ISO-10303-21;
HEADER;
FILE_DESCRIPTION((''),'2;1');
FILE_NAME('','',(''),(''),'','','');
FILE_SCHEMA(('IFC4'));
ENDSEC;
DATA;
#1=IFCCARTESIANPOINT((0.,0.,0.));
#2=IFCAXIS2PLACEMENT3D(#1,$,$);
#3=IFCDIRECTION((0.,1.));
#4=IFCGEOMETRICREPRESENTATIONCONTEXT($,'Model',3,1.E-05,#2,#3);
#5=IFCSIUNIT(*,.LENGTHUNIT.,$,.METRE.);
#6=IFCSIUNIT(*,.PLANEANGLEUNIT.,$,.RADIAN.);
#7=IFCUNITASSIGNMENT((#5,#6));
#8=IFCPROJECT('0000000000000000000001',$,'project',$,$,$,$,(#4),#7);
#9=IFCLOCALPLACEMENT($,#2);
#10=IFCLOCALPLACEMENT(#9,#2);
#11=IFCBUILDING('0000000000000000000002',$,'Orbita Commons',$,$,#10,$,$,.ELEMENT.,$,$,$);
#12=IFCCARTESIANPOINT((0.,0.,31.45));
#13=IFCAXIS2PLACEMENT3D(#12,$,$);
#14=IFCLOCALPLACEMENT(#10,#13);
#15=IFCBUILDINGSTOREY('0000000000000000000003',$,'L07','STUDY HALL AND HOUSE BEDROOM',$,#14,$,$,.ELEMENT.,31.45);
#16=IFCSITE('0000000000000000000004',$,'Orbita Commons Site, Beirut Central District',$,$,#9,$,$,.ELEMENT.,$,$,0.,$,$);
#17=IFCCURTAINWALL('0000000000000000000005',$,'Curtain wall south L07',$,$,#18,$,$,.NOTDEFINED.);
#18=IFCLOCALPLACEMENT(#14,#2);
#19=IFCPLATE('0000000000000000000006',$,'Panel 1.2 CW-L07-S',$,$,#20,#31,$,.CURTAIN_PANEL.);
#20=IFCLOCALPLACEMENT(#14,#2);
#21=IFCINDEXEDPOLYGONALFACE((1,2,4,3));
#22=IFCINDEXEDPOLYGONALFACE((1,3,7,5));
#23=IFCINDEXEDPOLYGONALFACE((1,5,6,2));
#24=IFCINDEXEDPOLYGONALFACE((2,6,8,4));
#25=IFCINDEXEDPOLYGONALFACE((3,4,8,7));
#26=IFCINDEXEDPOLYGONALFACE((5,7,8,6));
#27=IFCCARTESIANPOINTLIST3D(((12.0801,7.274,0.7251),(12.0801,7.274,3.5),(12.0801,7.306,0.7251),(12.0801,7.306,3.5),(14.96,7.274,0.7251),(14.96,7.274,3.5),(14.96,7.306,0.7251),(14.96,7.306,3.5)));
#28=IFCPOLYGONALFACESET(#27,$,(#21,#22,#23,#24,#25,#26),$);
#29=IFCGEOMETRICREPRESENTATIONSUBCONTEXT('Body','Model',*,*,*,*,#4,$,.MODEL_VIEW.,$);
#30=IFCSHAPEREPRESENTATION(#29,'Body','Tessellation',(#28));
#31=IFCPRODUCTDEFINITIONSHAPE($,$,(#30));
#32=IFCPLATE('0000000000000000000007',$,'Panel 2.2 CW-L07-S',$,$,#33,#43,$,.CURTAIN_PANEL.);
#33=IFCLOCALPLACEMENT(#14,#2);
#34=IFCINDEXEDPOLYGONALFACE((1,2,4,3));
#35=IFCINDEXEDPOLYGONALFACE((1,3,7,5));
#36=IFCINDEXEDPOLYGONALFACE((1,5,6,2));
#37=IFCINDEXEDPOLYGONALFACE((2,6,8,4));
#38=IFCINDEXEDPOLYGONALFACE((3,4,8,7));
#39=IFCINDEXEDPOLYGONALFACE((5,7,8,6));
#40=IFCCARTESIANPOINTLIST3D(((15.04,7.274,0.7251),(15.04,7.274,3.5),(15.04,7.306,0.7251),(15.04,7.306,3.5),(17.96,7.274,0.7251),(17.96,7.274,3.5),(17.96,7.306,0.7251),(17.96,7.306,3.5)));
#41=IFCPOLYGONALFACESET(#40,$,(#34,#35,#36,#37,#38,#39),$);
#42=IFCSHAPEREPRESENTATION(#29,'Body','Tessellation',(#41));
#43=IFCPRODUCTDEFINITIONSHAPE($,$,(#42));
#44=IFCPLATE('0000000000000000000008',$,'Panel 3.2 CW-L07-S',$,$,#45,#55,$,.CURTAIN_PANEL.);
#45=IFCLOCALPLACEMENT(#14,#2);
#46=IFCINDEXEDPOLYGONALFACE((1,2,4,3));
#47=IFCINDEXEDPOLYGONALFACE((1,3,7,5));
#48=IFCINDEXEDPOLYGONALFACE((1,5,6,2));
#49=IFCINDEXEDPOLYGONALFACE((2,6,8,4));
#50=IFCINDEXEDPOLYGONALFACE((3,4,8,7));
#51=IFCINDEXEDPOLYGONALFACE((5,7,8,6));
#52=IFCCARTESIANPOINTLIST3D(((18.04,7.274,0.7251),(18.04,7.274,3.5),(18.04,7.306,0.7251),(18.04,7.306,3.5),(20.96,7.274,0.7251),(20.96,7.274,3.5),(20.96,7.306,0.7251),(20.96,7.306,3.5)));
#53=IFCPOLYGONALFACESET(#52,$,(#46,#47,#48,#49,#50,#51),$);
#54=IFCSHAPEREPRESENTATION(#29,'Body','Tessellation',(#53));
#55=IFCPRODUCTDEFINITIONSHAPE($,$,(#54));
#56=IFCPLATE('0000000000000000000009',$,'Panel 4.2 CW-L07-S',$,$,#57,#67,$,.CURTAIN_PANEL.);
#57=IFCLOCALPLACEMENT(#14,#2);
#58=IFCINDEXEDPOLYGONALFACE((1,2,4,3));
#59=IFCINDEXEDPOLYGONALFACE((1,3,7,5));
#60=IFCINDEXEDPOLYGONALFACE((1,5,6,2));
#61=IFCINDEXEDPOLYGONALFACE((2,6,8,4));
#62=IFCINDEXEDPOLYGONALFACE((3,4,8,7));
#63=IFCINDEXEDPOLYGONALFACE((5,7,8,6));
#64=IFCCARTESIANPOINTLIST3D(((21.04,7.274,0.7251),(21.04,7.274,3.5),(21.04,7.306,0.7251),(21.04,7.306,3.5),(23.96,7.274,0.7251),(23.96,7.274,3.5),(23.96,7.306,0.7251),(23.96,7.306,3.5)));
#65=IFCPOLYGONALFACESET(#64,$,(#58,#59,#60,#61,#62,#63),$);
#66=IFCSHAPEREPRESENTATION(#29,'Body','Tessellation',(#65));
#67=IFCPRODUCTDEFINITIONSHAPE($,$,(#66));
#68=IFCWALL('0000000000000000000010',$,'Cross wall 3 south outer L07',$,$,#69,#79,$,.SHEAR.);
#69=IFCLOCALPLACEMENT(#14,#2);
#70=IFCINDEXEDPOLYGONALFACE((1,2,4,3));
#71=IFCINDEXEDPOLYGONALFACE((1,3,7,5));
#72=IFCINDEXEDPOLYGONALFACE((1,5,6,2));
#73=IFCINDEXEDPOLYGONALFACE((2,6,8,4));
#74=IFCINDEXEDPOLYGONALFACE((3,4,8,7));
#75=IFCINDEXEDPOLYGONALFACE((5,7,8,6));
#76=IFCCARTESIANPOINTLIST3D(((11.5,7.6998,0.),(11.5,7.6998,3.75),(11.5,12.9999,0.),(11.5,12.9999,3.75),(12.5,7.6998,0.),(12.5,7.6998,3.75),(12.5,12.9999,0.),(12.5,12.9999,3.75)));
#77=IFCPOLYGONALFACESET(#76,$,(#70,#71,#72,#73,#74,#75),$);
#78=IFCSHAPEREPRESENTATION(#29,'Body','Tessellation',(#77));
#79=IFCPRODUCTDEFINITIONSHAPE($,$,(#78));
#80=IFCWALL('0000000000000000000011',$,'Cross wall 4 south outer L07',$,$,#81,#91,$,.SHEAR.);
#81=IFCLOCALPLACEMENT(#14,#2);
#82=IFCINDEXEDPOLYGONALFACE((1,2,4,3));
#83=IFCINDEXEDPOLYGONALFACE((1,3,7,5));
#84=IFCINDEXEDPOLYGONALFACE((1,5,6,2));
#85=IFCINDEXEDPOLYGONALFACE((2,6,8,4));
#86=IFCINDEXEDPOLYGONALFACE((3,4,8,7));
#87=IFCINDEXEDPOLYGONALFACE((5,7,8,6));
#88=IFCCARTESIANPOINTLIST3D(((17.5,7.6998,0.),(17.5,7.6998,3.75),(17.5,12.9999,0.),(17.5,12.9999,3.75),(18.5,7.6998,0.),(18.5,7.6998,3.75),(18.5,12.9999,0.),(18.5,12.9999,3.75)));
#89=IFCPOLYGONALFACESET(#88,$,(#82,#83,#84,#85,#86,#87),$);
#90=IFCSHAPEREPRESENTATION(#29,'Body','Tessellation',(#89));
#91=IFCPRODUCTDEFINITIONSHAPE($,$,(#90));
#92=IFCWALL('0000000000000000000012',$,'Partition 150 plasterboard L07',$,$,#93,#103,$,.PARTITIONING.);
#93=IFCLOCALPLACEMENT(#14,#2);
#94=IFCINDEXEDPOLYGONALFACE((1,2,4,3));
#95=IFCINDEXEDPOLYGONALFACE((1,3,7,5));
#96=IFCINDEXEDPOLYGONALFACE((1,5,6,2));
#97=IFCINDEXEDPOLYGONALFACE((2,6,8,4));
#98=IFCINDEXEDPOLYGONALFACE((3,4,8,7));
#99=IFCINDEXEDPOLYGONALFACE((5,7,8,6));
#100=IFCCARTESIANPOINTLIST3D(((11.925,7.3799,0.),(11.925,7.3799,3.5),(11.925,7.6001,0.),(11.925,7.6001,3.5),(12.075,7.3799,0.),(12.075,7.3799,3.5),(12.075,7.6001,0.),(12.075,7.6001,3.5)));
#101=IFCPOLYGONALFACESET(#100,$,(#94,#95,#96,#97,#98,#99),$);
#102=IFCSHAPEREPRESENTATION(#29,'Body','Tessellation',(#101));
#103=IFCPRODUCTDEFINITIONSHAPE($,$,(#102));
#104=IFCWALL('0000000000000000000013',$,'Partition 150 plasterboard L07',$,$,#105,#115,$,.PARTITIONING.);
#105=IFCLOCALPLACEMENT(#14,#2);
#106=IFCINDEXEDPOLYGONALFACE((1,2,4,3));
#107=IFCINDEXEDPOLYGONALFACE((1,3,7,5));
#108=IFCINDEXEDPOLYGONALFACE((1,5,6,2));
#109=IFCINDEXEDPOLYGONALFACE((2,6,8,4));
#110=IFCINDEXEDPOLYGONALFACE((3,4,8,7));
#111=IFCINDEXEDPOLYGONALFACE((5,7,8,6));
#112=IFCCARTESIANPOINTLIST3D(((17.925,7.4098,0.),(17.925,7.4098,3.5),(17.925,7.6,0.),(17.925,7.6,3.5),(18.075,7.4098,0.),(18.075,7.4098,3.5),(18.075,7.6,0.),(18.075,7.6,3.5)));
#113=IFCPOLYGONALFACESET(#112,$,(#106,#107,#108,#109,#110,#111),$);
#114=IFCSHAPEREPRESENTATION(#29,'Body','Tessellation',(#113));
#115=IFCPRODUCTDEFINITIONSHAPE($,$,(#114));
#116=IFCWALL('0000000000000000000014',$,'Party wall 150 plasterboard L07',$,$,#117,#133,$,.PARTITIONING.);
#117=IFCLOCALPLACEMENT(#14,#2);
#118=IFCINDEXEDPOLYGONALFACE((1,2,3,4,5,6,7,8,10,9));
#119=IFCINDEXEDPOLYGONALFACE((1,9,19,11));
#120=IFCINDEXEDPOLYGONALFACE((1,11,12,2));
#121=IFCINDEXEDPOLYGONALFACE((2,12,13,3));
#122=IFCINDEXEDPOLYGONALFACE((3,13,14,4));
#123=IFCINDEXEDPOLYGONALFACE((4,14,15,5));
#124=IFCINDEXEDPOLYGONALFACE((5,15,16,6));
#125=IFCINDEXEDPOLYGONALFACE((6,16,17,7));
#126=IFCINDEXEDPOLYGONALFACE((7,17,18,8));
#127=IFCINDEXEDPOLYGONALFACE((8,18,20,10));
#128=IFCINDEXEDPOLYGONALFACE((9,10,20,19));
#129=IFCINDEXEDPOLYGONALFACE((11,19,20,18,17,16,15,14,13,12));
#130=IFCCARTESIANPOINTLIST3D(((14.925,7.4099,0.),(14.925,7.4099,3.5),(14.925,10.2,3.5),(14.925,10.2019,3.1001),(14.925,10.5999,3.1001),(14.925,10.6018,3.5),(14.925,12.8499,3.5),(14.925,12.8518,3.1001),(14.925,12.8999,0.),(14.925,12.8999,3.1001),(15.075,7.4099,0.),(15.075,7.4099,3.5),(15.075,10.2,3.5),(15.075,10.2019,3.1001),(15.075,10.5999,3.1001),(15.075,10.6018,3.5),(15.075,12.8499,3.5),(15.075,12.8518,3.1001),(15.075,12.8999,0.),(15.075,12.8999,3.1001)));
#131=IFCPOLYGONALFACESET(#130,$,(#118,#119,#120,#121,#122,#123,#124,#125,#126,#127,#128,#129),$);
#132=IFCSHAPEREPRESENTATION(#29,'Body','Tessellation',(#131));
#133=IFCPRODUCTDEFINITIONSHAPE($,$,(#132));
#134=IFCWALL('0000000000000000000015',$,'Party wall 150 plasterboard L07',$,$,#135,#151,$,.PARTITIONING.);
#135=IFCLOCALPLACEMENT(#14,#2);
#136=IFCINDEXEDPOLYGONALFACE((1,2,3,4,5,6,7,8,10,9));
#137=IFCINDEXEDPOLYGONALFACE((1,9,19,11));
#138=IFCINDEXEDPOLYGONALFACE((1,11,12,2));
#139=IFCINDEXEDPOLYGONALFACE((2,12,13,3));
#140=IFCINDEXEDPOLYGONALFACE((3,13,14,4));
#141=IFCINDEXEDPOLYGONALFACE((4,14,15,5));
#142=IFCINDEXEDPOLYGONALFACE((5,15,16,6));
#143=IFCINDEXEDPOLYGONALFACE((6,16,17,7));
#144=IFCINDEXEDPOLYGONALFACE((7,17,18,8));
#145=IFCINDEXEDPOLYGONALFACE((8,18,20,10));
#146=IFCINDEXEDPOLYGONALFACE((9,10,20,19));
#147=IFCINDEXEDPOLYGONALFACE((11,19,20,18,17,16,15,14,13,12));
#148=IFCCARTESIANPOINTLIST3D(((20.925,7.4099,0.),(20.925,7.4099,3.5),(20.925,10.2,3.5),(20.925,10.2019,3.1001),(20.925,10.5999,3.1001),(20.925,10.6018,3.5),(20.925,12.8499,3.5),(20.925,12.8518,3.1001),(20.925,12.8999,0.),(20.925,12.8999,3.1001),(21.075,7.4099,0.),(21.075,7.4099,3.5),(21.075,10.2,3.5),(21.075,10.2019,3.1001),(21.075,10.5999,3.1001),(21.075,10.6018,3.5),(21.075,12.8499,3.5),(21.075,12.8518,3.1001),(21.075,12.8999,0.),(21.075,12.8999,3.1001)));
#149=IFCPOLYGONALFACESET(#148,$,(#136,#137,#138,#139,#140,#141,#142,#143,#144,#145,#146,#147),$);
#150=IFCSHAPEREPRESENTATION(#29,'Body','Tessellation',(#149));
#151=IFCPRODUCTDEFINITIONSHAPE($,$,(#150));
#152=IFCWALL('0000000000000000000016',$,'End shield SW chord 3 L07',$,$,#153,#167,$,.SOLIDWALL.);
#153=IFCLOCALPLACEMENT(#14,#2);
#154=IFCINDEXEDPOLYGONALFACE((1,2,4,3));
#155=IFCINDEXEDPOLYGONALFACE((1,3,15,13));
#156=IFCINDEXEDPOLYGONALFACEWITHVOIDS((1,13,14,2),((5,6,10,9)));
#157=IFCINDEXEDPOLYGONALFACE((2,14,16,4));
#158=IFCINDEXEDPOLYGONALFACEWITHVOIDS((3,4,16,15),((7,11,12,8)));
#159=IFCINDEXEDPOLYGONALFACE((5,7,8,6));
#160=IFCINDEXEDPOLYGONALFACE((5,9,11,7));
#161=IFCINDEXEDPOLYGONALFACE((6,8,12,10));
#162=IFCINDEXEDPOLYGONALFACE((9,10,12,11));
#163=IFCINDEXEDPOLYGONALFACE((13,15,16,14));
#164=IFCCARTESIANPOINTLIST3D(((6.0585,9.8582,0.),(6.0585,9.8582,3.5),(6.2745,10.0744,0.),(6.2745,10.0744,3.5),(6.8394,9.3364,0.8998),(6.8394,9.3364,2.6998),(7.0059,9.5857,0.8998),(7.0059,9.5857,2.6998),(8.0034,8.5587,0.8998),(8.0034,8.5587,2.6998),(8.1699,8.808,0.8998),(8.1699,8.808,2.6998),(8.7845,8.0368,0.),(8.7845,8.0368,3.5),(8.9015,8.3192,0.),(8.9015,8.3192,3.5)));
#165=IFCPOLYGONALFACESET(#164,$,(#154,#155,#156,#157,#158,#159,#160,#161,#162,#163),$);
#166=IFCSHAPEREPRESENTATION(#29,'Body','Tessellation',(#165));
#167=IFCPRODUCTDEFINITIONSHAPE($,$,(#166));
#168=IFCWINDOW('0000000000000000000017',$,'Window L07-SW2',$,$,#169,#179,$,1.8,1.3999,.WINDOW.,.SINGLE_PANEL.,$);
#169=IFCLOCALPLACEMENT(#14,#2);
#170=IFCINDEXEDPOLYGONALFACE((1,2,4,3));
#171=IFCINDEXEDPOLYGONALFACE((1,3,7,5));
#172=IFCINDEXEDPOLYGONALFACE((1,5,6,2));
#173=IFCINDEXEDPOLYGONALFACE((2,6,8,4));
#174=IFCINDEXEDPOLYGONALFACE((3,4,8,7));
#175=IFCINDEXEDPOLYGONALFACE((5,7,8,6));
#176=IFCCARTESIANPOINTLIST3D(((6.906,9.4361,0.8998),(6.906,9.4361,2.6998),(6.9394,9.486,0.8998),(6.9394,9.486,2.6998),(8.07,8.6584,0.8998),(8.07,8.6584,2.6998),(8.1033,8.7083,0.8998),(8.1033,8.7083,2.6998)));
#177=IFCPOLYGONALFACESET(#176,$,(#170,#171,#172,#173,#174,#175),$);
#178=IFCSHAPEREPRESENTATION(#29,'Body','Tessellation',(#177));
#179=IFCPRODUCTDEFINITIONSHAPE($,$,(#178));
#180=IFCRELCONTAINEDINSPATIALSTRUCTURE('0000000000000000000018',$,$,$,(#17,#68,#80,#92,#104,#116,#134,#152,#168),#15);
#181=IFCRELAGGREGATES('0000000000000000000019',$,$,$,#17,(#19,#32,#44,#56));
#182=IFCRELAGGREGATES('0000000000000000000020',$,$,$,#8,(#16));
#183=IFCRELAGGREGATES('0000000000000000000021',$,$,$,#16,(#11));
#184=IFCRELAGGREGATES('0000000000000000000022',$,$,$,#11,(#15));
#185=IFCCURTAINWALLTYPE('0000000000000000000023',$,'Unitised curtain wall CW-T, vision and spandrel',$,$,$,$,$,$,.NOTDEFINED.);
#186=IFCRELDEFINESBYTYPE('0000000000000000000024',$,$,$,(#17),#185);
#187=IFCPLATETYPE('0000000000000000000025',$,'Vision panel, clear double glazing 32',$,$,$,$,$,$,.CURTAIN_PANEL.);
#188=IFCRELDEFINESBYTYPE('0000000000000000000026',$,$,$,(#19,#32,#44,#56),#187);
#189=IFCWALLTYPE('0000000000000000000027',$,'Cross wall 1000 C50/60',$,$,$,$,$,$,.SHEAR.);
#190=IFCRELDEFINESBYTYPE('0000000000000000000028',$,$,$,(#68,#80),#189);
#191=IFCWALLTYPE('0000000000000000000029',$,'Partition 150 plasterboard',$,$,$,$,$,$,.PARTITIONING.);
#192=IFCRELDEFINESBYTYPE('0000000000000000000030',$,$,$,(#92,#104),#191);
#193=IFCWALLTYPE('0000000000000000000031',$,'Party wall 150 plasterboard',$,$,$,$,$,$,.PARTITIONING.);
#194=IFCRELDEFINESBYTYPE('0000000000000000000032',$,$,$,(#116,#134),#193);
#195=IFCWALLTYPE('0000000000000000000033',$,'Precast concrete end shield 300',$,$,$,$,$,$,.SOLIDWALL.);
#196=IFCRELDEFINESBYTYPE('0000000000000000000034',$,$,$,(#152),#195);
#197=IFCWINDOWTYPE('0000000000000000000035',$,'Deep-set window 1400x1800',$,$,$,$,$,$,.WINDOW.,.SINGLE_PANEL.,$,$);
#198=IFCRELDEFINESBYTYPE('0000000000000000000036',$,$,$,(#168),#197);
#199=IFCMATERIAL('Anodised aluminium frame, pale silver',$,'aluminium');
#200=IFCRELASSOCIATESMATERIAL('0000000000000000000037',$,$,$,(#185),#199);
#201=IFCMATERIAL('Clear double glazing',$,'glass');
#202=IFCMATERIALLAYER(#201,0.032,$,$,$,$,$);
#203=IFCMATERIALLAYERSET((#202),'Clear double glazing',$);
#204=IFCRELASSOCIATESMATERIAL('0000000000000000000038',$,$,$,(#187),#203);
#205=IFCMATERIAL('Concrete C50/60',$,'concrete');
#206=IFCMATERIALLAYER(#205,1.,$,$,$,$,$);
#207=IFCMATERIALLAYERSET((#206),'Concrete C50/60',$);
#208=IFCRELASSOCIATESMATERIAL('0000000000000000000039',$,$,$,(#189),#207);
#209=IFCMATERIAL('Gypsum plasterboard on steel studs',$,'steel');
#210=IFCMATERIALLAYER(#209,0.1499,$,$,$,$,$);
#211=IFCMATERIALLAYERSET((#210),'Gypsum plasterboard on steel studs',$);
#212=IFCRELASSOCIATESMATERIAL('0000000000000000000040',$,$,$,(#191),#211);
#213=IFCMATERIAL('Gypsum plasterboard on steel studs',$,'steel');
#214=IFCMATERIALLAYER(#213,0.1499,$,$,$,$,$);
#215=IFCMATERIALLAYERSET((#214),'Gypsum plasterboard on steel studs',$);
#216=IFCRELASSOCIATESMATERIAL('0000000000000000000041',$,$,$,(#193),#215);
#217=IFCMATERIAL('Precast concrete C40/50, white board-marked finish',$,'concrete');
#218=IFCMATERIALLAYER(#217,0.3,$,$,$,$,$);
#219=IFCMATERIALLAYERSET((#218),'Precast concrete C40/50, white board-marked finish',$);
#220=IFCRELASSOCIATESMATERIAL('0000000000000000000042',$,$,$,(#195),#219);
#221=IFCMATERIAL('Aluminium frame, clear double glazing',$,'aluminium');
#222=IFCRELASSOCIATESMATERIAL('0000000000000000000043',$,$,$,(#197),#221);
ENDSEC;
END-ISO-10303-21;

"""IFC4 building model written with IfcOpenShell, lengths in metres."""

from ifc_helpers import new_model, si_unit, direction, frame, frame_2d, origin, origin_2d, place, context, subcontext, project, spatial, polyline, rectangle, outline, extrude, material, layer, layer_set, type_object, element, fill, aggregate, save


model = new_model("IFC4")

# Units and contexts
model_context = context("Model", 3, precision=1e-05, world=origin(), true_north=direction((0.0, 1.0)))
body_context = subcontext(model_context, "Body", "Model", "MODEL_VIEW")
ifc_project = project(units=[si_unit("LENGTHUNIT", "METRE"), si_unit("PLANEANGLEUNIT", "RADIAN")], contexts=[model_context])

# Site, building, storey
site_placement = place(None, origin())
site = spatial("IfcSite", under=ifc_project, at=site_placement, Name="Orbita Commons Site, Beirut Central District", CompositionType="ELEMENT", RefElevation=0.0)
building_placement = place(site_placement, origin())
building = spatial("IfcBuilding", under=site, at=building_placement, Name="Orbita Commons", CompositionType="ELEMENT")
storey_placement = place(building_placement, frame((0.0, 0.0, 31.45)))
storey = spatial("IfcBuildingStorey", under=building, at=storey_placement, Name="L07", Description="STUDY HALL AND HOUSE BEDROOM", CompositionType="ELEMENT", Elevation=31.45)

# Curtain wall
ifc_material_1 = material(Name="Anodised aluminium frame, pale silver", Category="aluminium")
curtain_wall_type = type_object("IfcCurtainWallType", Name="Unitised curtain wall CW-T, vision and spandrel", PredefinedType="NOTDEFINED", material=ifc_material_1)
curtain_wall_placement = place(storey_placement, origin())
curtain_wall = element("IfcCurtainWall", 1, at=curtain_wall_placement, inside=storey, type_object=curtain_wall_type, Name="Curtain wall south L07", PredefinedType="NOTDEFINED")

# Plates
ifc_material_2 = material(Name="Clear double glazing", Category="glass")
ifc_layer_1 = layer(ifc_material_2, 0.032)
ifc_layer_set_1 = layer_set([ifc_layer_1], Name="Clear double glazing")
plate_type_1 = type_object("IfcPlateType", Name="Vision panel, clear double glazing 32", PredefinedType="CURTAIN_PANEL", material=ifc_layer_set_1)
plate_1_placement = place(storey_placement, frame((13.52, 7.29, 0.7251), z_axis=(0.0, 0.0, 1.0), x_axis=(1.0, 0.0, 0.0)))
plate_1 = element("IfcPlate", 2, at=plate_1_placement, type_object=plate_type_1, Name="Panel 1.2 CW-L07-S", PredefinedType="CURTAIN_PANEL", context=body_context, shape_type="SweptSolid", body=[
    extrude(rectangle(XDim=2.8799, YDim=0.032, at=origin_2d()), origin(), (0.0, 0.0, 1.0), 2.7749),
])
plate_2_placement = place(storey_placement, frame((16.5, 7.29, 0.7251), z_axis=(0.0, 0.0, 1.0), x_axis=(1.0, 0.0, 0.0)))
plate_2 = element("IfcPlate", 3, at=plate_2_placement, type_object=plate_type_1, Name="Panel 2.2 CW-L07-S", PredefinedType="CURTAIN_PANEL", context=body_context, shape_type="SweptSolid", body=[
    extrude(rectangle(XDim=2.9199, YDim=0.032, at=origin_2d()), origin(), (0.0, 0.0, 1.0), 2.7749),
])
plate_3_placement = place(storey_placement, frame((19.5, 7.29, 0.7251), z_axis=(0.0, 0.0, 1.0), x_axis=(1.0, 0.0, 0.0)))
plate_3 = element("IfcPlate", 4, at=plate_3_placement, type_object=plate_type_1, Name="Panel 3.2 CW-L07-S", PredefinedType="CURTAIN_PANEL", context=body_context, shape_type="SweptSolid", body=[
    extrude(rectangle(XDim=2.9199, YDim=0.032, at=origin_2d()), origin(), (0.0, 0.0, 1.0), 2.7749),
])
plate_4_placement = place(storey_placement, frame((22.5, 7.29, 0.7251), z_axis=(0.0, 0.0, 1.0), x_axis=(1.0, 0.0, 0.0)))
plate_4 = element("IfcPlate", 5, at=plate_4_placement, type_object=plate_type_1, Name="Panel 4.2 CW-L07-S", PredefinedType="CURTAIN_PANEL", context=body_context, shape_type="SweptSolid", body=[
    extrude(rectangle(XDim=2.9199, YDim=0.032, at=origin_2d()), origin(), (0.0, 0.0, 1.0), 2.7749),
])
aggregate(curtain_wall, [plate_1, plate_2, plate_3, plate_4])

# Walls
ifc_material_3 = material(Name="Concrete C50/60", Category="concrete")
ifc_layer_2 = layer(ifc_material_3, 1.0)
ifc_layer_set_2 = layer_set([ifc_layer_2], Name="Concrete C50/60")
wall_type_1 = type_object("IfcWallType", Name="Cross wall 1000 C50/60", PredefinedType="SHEAR", material=ifc_layer_set_2)
for number, where, z_axis, x_axis, name in (
    (6, (12.0, 7.7, 0.0), (0.0, 0.0, 1.0), (0.0, 1.0, 0.0), "Cross wall 3 south outer L07"),
    (7, (18.0, 7.7, 0.0), (0.0, 0.0, 1.0), (0.0, 1.0, 0.0), "Cross wall 4 south outer L07"),
):
    element("IfcWall", number, at=place(storey_placement, frame(where, z_axis=z_axis, x_axis=x_axis)), inside=storey, type_object=wall_type_1, Name=name, PredefinedType="SHEAR", context=body_context, shape_type="SweptSolid", body=[
        extrude(rectangle(XDim=5.3, YDim=1.0, at=frame_2d((2.6499, 0.0))), origin(), (0.0, 0.0, 1.0), 3.75),
    ])
ifc_material_4 = material(Name="Gypsum plasterboard on steel studs", Category="steel")
ifc_layer_3 = layer(ifc_material_4, 0.1499)
ifc_layer_set_3 = layer_set([ifc_layer_3], Name="Gypsum plasterboard on steel studs")
wall_type_2 = type_object("IfcWallType", Name="Partition 150 plasterboard", PredefinedType="PARTITIONING", material=ifc_layer_set_3)
wall_1_placement = place(storey_placement, frame((12.0, 7.6001, 0.0), z_axis=(0.0, 0.0, 1.0), x_axis=(0.0, -1.0, 0.0)))
element("IfcWall", 8, at=wall_1_placement, inside=storey, type_object=wall_type_2, Name="Partition 150 plasterboard L07", PredefinedType="PARTITIONING", context=body_context, shape_type="SweptSolid", body=[
    extrude(rectangle(XDim=0.2202, YDim=0.1499, at=frame_2d((0.1101, 0.0))), origin(), (0.0, 0.0, 1.0), 3.5),
])
wall_2_placement = place(storey_placement, frame((18.0, 7.6001, 0.0), z_axis=(0.0, 0.0, 1.0), x_axis=(0.0, -1.0, 0.0)))
element("IfcWall", 9, at=wall_2_placement, inside=storey, type_object=wall_type_2, Name="Partition 150 plasterboard L07", PredefinedType="PARTITIONING", context=body_context, shape_type="SweptSolid", body=[
    extrude(rectangle(XDim=0.1902, YDim=0.1499, at=frame_2d((0.0952, 0.0))), origin(), (0.0, 0.0, 1.0), 3.5),
])
ifc_material_5 = material(Name="Gypsum plasterboard on steel studs", Category="steel")
ifc_layer_4 = layer(ifc_material_5, 0.1499)
ifc_layer_set_4 = layer_set([ifc_layer_4], Name="Gypsum plasterboard on steel studs")
wall_type_3 = type_object("IfcWallType", Name="Party wall 150 plasterboard", PredefinedType="PARTITIONING", material=ifc_layer_set_4)
for number, where, z_axis, x_axis, name in (
    (10, (15.0, 7.4099, 0.0), (0.0, 0.0, 1.0), (0.0, 1.0, 0.0), "Party wall 150 plasterboard L07"),
    (11, (21.0, 7.4099, 0.0), (0.0, 0.0, 1.0), (0.0, 1.0, 0.0), "Party wall 150 plasterboard L07"),
):
    element("IfcWall", number, at=place(storey_placement, frame(where, z_axis=z_axis, x_axis=x_axis)), inside=storey, type_object=wall_type_3, Name=name, PredefinedType="PARTITIONING", context=body_context, shape_type="SweptSolid", body=[
        extrude(outline(polyline([(0.0, 0.0), (5.49, 0.0), (5.49, 3.1001), (5.4419, 3.1001), (5.4399, 3.5), (3.1919, 3.5), (3.1899, 3.1001), (2.792, 3.1001), (2.79, 3.5), (0.0, 3.5), (0.0, 0.0)])), frame((0.0, 0.075, 0.0), z_axis=(0.0, -1.0, 0.0), x_axis=(1.0, 0.0, 0.0)), (0.0, 0.0, 1.0), 0.1499),
    ])

# Wall, opening, window
ifc_material_6 = material(Name="Precast concrete C40/50, white board-marked finish", Category="concrete")
ifc_layer_5 = layer(ifc_material_6, 0.3)
ifc_layer_set_5 = layer_set([ifc_layer_5], Name="Precast concrete C40/50, white board-marked finish")
wall_type_4 = type_object("IfcWallType", Name="Precast concrete end shield 300", PredefinedType="SOLIDWALL", material=ifc_layer_set_5)
wall_3_placement = place(storey_placement, frame((6.1665, 9.9663, 0.0), z_axis=(0.0, 0.0, 1.0), x_axis=(0.831478, -0.555558, 0.0)))
wall_3 = element("IfcWall", 12, at=wall_3_placement, inside=storey, type_object=wall_type_4, Name="End shield SW chord 3 L07", PredefinedType="SOLIDWALL", context=body_context, shape_type="SweptSolid", body=[
    extrude(outline(polyline([(-0.0298, -0.1499), (3.2488, -0.1499), (3.1892, 0.1499), (0.0298, 0.1499), (-0.0298, -0.1499)])), origin(), (0.0, 0.0, 1.0), 3.5),
])
opening_1_placement = place(wall_3_placement, frame((0.9094, 0.0, 0.8999)))
opening_1 = element("IfcOpeningElement", 13, at=opening_1_placement, cuts=wall_3, PredefinedType="OPENING", context=body_context, shape_type="SweptSolid", body=[
    extrude(rectangle(XDim=1.3999, YDim=1.8, at=frame_2d((0.7, 0.8999))), frame((0.0, 0.1599, 0.0), z_axis=(0.0, -1.0, 0.0), x_axis=(1.0, 0.0, 0.0)), (0.0, 0.0, 1.0), 0.3201),
])
ifc_material_7 = material(Name="Aluminium frame, clear double glazing", Category="aluminium")
window_type = type_object("IfcWindowType", Name="Deep-set window 1400x1800", PartitioningType="SINGLE_PANEL", PredefinedType="WINDOW", material=ifc_material_7)
window_1_placement = place(opening_1_placement, origin())
window_1 = element("IfcWindow", 14, at=window_1_placement, inside=storey, type_object=window_type, Name="Window L07-SW2", OverallHeight=1.8, OverallWidth=1.3999, PartitioningType="SINGLE_PANEL", PredefinedType="WINDOW", context=body_context, shape_type="SweptSolid", body=[
    extrude(rectangle(XDim=1.3999, YDim=1.8, at=frame_2d((0.7, 0.8999))), frame((0.0, 0.03, 0.0), z_axis=(0.0, -1.0, 0.0), x_axis=(1.0, 0.0, 0.0)), (0.0, 0.0, 1.0), 0.0601),
])
fill(opening_1, window_1)

save(model, "model.ifc")
